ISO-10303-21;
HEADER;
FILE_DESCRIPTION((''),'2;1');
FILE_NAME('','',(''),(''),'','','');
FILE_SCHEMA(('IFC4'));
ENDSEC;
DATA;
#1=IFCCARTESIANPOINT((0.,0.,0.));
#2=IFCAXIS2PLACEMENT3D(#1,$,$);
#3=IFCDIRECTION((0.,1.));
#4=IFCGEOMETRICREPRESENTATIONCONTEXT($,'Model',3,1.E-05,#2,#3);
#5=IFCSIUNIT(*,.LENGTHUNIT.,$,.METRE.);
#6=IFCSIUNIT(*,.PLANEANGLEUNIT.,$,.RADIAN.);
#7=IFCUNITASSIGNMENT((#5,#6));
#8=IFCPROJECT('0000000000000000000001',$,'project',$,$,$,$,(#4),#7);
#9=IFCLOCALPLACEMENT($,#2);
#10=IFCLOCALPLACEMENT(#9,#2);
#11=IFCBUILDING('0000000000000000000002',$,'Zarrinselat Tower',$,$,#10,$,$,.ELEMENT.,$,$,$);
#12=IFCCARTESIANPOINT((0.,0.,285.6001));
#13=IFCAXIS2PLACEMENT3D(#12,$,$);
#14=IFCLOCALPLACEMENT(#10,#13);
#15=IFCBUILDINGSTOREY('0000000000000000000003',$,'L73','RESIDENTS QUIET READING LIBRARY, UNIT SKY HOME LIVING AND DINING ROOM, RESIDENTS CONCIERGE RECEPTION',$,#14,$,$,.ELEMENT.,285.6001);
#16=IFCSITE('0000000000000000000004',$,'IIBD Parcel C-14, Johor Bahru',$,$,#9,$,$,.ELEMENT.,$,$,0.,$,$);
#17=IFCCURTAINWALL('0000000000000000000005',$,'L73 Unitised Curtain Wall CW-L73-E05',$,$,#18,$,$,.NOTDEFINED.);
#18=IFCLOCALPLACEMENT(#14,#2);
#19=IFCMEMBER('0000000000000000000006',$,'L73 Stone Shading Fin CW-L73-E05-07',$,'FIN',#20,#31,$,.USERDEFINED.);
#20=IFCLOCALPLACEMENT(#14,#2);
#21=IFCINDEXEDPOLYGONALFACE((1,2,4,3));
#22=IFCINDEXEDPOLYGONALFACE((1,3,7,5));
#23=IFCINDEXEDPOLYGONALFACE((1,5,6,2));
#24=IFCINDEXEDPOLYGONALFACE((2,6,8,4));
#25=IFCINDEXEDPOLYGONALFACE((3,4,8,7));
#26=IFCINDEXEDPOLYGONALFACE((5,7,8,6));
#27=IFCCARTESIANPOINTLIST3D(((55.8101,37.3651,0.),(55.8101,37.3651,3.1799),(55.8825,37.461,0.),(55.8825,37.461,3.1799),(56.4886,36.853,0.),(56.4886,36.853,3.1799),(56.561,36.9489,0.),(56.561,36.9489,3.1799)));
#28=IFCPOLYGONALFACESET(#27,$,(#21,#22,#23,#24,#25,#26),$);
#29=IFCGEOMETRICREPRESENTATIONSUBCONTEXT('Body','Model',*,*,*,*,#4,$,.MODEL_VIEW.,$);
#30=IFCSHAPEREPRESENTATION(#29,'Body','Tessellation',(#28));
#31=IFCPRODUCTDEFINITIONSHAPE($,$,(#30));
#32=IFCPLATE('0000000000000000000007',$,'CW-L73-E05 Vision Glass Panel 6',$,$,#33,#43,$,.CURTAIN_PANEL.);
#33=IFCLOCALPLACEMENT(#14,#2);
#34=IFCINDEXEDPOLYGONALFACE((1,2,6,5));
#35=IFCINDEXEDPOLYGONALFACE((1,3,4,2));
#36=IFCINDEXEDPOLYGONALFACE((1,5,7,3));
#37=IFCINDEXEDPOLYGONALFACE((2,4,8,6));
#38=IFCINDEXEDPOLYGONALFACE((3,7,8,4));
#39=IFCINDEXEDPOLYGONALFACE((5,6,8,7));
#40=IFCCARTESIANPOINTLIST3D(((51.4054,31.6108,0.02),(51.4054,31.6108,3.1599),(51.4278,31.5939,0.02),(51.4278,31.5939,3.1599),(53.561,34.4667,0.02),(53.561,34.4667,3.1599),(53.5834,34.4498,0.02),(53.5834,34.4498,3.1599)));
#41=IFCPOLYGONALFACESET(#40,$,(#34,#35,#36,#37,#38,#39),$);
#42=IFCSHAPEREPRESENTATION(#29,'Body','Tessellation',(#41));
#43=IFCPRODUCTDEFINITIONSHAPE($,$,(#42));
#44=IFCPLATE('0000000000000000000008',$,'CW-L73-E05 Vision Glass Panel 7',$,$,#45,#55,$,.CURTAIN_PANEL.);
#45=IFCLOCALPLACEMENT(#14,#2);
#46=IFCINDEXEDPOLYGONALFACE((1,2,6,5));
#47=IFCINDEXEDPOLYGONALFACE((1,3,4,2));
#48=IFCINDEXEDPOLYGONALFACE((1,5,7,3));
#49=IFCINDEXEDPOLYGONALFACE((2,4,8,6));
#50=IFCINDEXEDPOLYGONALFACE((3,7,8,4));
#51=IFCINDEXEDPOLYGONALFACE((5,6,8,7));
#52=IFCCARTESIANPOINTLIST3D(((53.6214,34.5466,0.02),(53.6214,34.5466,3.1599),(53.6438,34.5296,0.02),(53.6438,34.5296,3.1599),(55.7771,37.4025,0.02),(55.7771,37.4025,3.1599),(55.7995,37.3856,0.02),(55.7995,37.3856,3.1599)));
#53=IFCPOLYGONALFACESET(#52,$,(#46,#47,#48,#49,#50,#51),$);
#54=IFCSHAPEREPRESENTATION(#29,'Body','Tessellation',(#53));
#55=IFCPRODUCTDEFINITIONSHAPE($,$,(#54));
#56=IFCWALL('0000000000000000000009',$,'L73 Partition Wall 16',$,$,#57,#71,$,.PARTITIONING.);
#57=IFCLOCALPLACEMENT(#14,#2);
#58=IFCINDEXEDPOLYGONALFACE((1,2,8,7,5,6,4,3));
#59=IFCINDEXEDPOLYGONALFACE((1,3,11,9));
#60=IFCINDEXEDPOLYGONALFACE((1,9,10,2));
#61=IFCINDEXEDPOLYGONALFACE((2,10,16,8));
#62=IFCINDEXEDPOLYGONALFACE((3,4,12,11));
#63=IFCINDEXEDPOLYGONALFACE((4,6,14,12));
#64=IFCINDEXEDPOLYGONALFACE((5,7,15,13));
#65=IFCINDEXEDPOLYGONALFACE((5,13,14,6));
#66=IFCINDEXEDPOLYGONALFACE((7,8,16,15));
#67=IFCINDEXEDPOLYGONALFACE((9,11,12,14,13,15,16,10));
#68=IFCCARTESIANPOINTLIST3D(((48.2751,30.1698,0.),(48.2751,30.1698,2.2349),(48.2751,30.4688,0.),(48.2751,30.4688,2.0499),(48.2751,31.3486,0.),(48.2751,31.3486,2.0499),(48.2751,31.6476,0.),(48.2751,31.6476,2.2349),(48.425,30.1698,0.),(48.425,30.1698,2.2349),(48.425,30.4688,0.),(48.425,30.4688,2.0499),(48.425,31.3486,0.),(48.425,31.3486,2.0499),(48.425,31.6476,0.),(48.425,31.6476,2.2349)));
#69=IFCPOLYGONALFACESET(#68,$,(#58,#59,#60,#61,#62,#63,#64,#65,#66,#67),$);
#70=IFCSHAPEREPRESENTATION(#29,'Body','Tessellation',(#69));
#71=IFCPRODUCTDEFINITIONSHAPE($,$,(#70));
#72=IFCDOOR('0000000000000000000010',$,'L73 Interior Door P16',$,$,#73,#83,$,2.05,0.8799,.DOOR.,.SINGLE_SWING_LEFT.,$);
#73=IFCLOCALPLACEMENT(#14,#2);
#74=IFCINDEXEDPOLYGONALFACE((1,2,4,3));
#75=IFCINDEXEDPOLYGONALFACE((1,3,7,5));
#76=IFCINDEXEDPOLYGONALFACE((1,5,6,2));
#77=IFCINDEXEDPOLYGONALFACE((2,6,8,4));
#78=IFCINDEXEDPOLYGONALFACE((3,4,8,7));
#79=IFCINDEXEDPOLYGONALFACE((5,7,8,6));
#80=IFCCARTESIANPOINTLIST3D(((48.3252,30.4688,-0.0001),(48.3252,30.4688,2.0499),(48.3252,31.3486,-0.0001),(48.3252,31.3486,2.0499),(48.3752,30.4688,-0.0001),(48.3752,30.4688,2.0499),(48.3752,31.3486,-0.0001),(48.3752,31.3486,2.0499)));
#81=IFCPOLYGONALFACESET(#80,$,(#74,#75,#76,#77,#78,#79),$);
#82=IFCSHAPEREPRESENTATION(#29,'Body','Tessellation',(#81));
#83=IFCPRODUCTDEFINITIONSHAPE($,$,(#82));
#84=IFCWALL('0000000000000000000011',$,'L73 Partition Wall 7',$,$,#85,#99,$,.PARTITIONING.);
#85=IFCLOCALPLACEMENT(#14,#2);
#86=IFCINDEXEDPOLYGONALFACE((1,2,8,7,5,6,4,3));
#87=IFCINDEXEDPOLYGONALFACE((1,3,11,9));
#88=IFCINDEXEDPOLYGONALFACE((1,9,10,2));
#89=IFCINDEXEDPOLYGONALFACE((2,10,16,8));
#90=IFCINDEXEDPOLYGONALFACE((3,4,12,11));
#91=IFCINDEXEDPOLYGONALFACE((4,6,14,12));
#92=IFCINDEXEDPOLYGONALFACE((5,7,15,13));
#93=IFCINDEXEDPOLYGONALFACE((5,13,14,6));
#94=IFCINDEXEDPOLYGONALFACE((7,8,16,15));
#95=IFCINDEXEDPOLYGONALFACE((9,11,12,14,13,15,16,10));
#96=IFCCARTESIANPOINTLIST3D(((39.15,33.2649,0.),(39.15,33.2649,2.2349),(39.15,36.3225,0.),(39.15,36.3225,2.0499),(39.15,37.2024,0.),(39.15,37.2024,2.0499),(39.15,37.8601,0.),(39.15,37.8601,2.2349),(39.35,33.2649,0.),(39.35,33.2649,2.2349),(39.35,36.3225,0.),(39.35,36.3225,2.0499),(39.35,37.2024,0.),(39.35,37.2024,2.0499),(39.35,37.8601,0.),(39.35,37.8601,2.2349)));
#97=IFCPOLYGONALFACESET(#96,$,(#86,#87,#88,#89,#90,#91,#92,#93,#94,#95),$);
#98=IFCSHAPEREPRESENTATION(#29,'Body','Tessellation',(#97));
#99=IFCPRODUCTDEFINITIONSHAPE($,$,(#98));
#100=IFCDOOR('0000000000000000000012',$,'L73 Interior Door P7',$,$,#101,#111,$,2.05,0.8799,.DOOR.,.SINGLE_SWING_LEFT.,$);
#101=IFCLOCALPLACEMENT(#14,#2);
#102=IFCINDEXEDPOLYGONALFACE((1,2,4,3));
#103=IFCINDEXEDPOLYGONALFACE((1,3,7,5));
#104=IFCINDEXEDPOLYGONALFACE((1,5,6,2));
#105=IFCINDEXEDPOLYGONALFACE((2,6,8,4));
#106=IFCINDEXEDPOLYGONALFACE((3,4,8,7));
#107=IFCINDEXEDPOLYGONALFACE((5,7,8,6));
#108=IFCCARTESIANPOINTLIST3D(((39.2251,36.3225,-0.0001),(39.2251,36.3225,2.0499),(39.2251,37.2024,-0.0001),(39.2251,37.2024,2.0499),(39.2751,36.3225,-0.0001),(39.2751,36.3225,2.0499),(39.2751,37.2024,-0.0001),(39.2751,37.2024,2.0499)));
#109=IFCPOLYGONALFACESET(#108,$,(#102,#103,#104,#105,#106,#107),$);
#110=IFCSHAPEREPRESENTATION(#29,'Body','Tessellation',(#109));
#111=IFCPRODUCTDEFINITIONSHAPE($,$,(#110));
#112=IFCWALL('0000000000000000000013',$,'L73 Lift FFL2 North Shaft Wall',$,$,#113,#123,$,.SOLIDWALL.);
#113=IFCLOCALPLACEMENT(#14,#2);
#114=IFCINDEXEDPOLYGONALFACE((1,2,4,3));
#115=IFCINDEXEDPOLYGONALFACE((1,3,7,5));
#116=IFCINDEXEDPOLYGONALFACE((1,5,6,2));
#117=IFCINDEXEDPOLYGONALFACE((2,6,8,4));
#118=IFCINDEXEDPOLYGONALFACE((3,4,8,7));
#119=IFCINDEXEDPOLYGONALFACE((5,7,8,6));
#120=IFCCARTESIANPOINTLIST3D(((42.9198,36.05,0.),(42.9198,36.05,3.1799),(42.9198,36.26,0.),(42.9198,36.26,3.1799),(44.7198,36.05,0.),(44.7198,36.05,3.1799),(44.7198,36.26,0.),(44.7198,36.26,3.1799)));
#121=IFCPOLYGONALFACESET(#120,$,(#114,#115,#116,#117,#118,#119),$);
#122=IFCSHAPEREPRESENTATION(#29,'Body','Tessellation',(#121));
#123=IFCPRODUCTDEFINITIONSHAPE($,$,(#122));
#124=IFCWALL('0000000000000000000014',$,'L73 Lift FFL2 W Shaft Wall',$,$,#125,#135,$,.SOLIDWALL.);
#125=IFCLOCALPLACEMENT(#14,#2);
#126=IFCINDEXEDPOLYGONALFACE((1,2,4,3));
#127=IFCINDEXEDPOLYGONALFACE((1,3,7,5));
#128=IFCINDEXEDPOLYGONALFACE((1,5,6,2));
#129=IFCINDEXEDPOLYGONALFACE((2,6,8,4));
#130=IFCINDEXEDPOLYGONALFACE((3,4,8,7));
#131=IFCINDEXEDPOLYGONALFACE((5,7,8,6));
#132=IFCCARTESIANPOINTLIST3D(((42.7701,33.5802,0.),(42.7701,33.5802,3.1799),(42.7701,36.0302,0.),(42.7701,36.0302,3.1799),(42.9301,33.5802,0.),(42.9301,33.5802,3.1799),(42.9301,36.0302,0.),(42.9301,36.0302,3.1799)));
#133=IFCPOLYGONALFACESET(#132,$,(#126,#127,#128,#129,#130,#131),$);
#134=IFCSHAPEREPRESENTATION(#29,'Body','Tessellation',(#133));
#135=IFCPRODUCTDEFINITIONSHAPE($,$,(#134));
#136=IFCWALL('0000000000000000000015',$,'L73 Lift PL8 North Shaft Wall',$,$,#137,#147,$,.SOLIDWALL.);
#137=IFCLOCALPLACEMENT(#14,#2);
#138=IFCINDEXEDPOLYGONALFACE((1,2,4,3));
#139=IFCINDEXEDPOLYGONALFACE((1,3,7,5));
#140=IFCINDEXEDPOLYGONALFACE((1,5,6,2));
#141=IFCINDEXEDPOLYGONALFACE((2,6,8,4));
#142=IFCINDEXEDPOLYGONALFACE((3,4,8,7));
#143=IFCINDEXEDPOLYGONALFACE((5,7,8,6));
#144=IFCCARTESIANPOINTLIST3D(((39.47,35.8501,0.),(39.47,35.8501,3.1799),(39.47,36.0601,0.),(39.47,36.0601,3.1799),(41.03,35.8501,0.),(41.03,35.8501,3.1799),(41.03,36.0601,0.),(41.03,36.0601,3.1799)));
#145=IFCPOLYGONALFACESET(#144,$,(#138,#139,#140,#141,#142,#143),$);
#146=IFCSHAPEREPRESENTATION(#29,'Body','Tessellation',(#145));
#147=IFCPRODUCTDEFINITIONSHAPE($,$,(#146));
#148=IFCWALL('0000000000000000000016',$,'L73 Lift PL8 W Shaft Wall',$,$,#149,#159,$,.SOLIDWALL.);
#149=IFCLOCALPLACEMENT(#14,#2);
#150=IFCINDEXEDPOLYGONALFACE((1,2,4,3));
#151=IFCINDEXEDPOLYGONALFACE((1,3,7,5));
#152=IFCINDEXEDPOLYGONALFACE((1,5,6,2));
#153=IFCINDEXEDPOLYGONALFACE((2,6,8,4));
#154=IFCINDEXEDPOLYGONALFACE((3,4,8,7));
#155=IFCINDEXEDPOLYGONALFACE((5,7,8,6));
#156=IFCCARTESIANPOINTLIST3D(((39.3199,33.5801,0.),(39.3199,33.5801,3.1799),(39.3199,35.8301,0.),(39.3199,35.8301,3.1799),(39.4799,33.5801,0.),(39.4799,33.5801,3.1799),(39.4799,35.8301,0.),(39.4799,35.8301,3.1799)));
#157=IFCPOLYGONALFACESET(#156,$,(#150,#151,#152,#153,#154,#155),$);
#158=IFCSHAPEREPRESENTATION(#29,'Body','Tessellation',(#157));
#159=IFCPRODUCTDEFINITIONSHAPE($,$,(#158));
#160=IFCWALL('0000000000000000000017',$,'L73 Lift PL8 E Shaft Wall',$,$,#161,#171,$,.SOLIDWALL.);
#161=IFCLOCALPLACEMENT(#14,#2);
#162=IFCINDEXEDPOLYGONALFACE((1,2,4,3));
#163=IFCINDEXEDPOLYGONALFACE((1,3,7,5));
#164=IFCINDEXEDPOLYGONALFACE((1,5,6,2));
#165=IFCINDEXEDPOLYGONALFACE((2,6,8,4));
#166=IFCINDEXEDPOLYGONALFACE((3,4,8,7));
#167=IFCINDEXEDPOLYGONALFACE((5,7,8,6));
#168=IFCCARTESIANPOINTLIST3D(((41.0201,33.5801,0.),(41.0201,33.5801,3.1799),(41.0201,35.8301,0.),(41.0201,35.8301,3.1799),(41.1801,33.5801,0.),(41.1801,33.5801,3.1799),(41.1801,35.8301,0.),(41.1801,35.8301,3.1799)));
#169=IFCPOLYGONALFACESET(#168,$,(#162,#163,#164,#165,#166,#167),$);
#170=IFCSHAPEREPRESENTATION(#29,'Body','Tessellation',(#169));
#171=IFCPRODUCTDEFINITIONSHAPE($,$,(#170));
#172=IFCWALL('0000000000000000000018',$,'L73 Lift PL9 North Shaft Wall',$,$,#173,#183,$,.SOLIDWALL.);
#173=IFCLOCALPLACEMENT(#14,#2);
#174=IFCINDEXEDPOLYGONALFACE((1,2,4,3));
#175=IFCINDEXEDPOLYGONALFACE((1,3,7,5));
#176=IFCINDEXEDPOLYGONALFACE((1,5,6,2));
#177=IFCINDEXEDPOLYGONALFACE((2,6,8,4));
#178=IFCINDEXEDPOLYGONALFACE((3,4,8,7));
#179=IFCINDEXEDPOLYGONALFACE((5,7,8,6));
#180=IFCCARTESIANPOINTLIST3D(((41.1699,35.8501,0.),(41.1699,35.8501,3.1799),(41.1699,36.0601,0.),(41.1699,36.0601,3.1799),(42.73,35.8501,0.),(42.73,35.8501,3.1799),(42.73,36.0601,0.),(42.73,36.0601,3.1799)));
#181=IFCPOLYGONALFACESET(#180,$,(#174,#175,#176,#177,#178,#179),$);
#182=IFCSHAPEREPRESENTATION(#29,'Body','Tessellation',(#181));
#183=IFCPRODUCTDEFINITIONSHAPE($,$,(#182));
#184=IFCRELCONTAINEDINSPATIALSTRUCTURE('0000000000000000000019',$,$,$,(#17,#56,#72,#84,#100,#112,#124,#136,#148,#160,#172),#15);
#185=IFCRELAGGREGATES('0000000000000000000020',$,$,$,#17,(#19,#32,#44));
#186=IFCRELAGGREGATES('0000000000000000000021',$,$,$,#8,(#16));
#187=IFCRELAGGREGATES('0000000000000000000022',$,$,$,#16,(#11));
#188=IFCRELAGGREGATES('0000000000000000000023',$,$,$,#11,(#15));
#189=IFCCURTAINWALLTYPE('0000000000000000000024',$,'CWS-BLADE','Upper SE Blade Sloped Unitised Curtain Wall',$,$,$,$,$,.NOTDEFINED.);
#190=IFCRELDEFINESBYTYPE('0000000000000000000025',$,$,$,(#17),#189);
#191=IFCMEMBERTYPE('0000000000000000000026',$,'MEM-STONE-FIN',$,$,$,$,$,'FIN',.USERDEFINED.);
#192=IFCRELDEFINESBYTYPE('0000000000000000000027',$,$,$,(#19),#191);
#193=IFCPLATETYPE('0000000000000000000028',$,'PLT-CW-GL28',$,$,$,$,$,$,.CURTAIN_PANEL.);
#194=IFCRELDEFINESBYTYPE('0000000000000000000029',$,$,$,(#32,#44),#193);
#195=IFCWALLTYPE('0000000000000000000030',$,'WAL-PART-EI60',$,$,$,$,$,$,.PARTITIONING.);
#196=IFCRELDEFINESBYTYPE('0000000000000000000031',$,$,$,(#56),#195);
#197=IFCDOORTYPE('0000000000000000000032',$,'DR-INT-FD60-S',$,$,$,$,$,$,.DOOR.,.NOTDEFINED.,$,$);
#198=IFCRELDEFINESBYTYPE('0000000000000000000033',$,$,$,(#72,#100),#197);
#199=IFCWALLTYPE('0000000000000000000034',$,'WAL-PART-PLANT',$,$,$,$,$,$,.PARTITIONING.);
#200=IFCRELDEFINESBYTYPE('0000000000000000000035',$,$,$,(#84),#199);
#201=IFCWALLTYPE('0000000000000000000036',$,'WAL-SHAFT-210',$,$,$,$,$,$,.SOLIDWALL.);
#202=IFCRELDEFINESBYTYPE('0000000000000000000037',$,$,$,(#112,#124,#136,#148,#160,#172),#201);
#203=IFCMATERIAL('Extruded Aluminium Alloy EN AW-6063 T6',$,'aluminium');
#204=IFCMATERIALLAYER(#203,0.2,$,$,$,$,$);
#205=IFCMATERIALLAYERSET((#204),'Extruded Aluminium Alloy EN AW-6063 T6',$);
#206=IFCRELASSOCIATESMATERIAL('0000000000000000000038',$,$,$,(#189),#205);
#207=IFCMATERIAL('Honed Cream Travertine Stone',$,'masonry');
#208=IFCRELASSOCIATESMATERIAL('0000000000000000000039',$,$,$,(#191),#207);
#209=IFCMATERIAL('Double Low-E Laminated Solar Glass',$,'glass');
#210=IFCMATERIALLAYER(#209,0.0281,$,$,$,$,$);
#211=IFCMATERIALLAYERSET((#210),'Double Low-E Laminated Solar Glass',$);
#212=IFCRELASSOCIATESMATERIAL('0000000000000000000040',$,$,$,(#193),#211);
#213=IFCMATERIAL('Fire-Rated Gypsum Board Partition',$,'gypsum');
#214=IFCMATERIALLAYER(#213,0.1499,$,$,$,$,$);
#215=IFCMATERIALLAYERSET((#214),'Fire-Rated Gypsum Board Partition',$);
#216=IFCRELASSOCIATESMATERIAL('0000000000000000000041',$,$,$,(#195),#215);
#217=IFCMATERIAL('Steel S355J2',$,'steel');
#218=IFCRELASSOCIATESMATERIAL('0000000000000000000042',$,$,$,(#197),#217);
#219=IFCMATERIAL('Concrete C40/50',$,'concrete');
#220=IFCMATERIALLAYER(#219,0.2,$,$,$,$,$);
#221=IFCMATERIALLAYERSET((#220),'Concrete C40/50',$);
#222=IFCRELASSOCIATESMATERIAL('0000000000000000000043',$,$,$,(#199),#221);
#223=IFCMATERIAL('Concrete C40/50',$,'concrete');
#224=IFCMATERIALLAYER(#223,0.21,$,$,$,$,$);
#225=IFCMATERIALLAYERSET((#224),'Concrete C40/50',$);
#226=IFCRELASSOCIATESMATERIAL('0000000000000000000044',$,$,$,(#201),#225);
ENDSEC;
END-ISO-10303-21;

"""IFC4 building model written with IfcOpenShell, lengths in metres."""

from ifc_helpers import new_model, si_unit, direction, frame, frame_2d, origin, origin_2d, place, context, subcontext, project, spatial, rectangle, extrude, material, layer, layer_set, material_profile, profile_set, type_object, element, fill, aggregate, save


model = new_model("IFC4")

# Units and contexts
model_context = context("Model", 3, precision=1e-05, world=origin(), true_north=direction((0.0, 1.0)))
body_context = subcontext(model_context, "Body", "Model", "MODEL_VIEW")
ifc_project = project(units=[si_unit("LENGTHUNIT", "METRE"), si_unit("PLANEANGLEUNIT", "RADIAN")], contexts=[model_context])

# Site, building, storey
site_placement = place(None, origin())
site = spatial("IfcSite", under=ifc_project, at=site_placement, Name="IIBD Parcel C-14, Johor Bahru", CompositionType="ELEMENT", RefElevation=0.0)
building_placement = place(site_placement, origin())
building = spatial("IfcBuilding", under=site, at=building_placement, Name="Zarrinselat Tower", CompositionType="ELEMENT")
storey_placement = place(building_placement, frame((0.0, 0.0, 285.6001)))
storey = spatial("IfcBuildingStorey", under=building, at=storey_placement, Name="L73", Description="RESIDENTS QUIET READING LIBRARY, UNIT SKY HOME LIVING AND DINING ROOM, RESIDENTS CONCIERGE RECEPTION", CompositionType="ELEMENT", Elevation=285.6001)

# Curtain wall, member, plates
ifc_material_1 = material(Name="Extruded Aluminium Alloy EN AW-6063 T6", Category="aluminium")
ifc_layer_1 = layer(ifc_material_1, 0.2)
ifc_layer_set_1 = layer_set([ifc_layer_1], Name="Extruded Aluminium Alloy EN AW-6063 T6")
curtain_wall_type = type_object("IfcCurtainWallType", Name="CWS-BLADE", Description="Upper SE Blade Sloped Unitised Curtain Wall", PredefinedType="NOTDEFINED", material=ifc_layer_set_1)
curtain_wall_placement = place(storey_placement, origin())
curtain_wall = element("IfcCurtainWall", 1, at=curtain_wall_placement, inside=storey, type_object=curtain_wall_type, Name="L73 Unitised Curtain Wall CW-L73-E05", PredefinedType="NOTDEFINED")
ifc_material_2 = material(Name="Honed Cream Travertine Stone", Category="masonry")
ifc_material_profile_1 = material_profile(ifc_material_2, rectangle(XDim=0.1201, YDim=0.8501, at=origin_2d()), Name="FIN 850x120")
ifc_profile_set_1 = profile_set([ifc_material_profile_1], Name="Honed Cream Travertine Stone")
member_type_1 = type_object("IfcMemberType", Name="MEM-STONE-FIN", ElementType="FIN", PredefinedType="USERDEFINED", material=ifc_profile_set_1)
member_1_placement = place(storey_placement, frame((56.1855, 37.157, 0.0), z_axis=(0.0, 0.0, 1.0), x_axis=(-0.602445, -0.79816, 0.0)))
member_1 = element("IfcMember", 2, at=member_1_placement, type_object=member_type_1, Name="L73 Stone Shading Fin CW-L73-E05-07", ObjectType="FIN", PredefinedType="USERDEFINED", context=body_context, shape_type="SweptSolid", body=[
    extrude(rectangle(XDim=0.1201, YDim=0.8501, at=origin_2d()), origin(), (0.0, 0.0, 1.0), 3.1799),
])
ifc_material_3 = material(Name="Double Low-E Laminated Solar Glass", Category="glass")
ifc_layer_2 = layer(ifc_material_3, 0.0281)
ifc_layer_set_2 = layer_set([ifc_layer_2], Name="Double Low-E Laminated Solar Glass")
plate_type = type_object("IfcPlateType", Name="PLT-CW-GL28", PredefinedType="CURTAIN_PANEL", material=ifc_layer_set_2)
plate_1_placement = place(storey_placement, frame((52.4944, 33.0303, 0.02), z_axis=(0.0, 0.0, 1.0), x_axis=(0.602445, 0.79816, 0.0)))
plate_1 = element("IfcPlate", 3, at=plate_1_placement, type_object=plate_type, Name="CW-L73-E05 Vision Glass Panel 6", PredefinedType="CURTAIN_PANEL", context=body_context, shape_type="SweptSolid", body=[
    extrude(rectangle(XDim=3.5781, YDim=0.0281, at=origin_2d()), origin(), (0.0, 0.0, 1.0), 3.1399),
])
plate_2_placement = place(storey_placement, frame((54.7104, 35.9661, 0.02), z_axis=(0.0, 0.0, 1.0), x_axis=(0.602445, 0.79816, 0.0)))
plate_2 = element("IfcPlate", 4, at=plate_2_placement, type_object=plate_type, Name="CW-L73-E05 Vision Glass Panel 7", PredefinedType="CURTAIN_PANEL", context=body_context, shape_type="SweptSolid", body=[
    extrude(rectangle(XDim=3.5781, YDim=0.0281, at=origin_2d()), origin(), (0.0, 0.0, 1.0), 3.1399),
])
aggregate(curtain_wall, [member_1, plate_1, plate_2])

# Walls, openings, doors
ifc_material_4 = material(Name="Fire-Rated Gypsum Board Partition", Category="gypsum")
ifc_layer_3 = layer(ifc_material_4, 0.1499)
ifc_layer_set_3 = layer_set([ifc_layer_3], Name="Fire-Rated Gypsum Board Partition")
wall_type_1 = type_object("IfcWallType", Name="WAL-PART-EI60", PredefinedType="PARTITIONING", material=ifc_layer_set_3)
wall_1_placement = place(storey_placement, frame((48.3501, 30.1699, 0.0), z_axis=(0.0, 0.0, 1.0), x_axis=(0.0, 1.0, 0.0)))
wall_1 = element("IfcWall", 5, at=wall_1_placement, inside=storey, type_object=wall_type_1, Name="L73 Partition Wall 16", PredefinedType="PARTITIONING", context=body_context, shape_type="SweptSolid", body=[
    extrude(rectangle(XDim=1.4778, YDim=0.1499, at=frame_2d((0.7388, 0.0))), origin(), (0.0, 0.0, 1.0), 2.2349),
])
opening_1_placement = place(wall_1_placement, frame((0.2988, 0.0, 0.0)))
opening_1 = element("IfcOpeningElement", 6, at=opening_1_placement, cuts=wall_1, PredefinedType="OPENING", context=body_context, shape_type="SweptSolid", body=[
    extrude(rectangle(XDim=0.8799, YDim=2.05, at=frame_2d((0.4399, 1.0249))), frame((0.0, 0.085, 0.0), z_axis=(0.0, -1.0, 0.0), x_axis=(1.0, 0.0, 0.0)), (0.0, 0.0, 1.0), 0.1699),
])
ifc_material_5 = material(Name="Steel S355J2", Category="steel")
door_type = type_object("IfcDoorType", Name="DR-INT-FD60-S", OperationType="NOTDEFINED", PredefinedType="DOOR", material=ifc_material_5)
door_1_placement = place(opening_1_placement, origin())
door_1 = element("IfcDoor", 7, at=door_1_placement, inside=storey, type_object=door_type, Name="L73 Interior Door P16", OperationType="SINGLE_SWING_LEFT", OverallHeight=2.05, OverallWidth=0.8799, PredefinedType="DOOR", context=body_context, shape_type="SweptSolid", body=[
    extrude(rectangle(XDim=0.8799, YDim=2.05, at=frame_2d((0.4399, 1.0249))), frame((0.0, 0.0249, 0.0), z_axis=(0.0, -1.0, 0.0), x_axis=(1.0, 0.0, 0.0)), (0.0, 0.0, 1.0), 0.05),
])
fill(opening_1, door_1)
ifc_material_6 = material(Name="Concrete C40/50", Category="concrete")
ifc_layer_4 = layer(ifc_material_6, 0.2)
ifc_layer_set_4 = layer_set([ifc_layer_4], Name="Concrete C40/50")
wall_type_2 = type_object("IfcWallType", Name="WAL-PART-PLANT", PredefinedType="PARTITIONING", material=ifc_layer_set_4)
wall_2_placement = place(storey_placement, frame((39.25, 33.2649, 0.0), z_axis=(0.0, 0.0, 1.0), x_axis=(0.0, 1.0, 0.0)))
wall_2 = element("IfcWall", 8, at=wall_2_placement, inside=storey, type_object=wall_type_2, Name="L73 Partition Wall 7", PredefinedType="PARTITIONING", context=body_context, shape_type="SweptSolid", body=[
    extrude(rectangle(XDim=4.5952, YDim=0.2, at=frame_2d((2.2976, 0.0))), origin(), (0.0, 0.0, 1.0), 2.2349),
])
opening_2_placement = place(wall_2_placement, frame((3.0576, 0.0, 0.0)))
opening_2 = element("IfcOpeningElement", 9, at=opening_2_placement, cuts=wall_2, PredefinedType="OPENING", context=body_context, shape_type="SweptSolid", body=[
    extrude(rectangle(XDim=0.8799, YDim=2.05, at=frame_2d((0.4399, 1.0249))), frame((0.0, 0.1099, 0.0), z_axis=(0.0, -1.0, 0.0), x_axis=(1.0, 0.0, 0.0)), (0.0, 0.0, 1.0), 0.22),
])
door_2_placement = place(opening_2_placement, origin())
door_2 = element("IfcDoor", 10, at=door_2_placement, inside=storey, type_object=door_type, Name="L73 Interior Door P7", OperationType="SINGLE_SWING_LEFT", OverallHeight=2.05, OverallWidth=0.8799, PredefinedType="DOOR", context=body_context, shape_type="SweptSolid", body=[
    extrude(rectangle(XDim=0.8799, YDim=2.05, at=frame_2d((0.4399, 1.0249))), frame((0.0, 0.0249, 0.0), z_axis=(0.0, -1.0, 0.0), x_axis=(1.0, 0.0, 0.0)), (0.0, 0.0, 1.0), 0.05),
])
fill(opening_2, door_2)

# Walls
ifc_material_7 = material(Name="Concrete C40/50", Category="concrete")
ifc_layer_5 = layer(ifc_material_7, 0.21)
ifc_layer_set_5 = layer_set([ifc_layer_5], Name="Concrete C40/50")
wall_type_3 = type_object("IfcWallType", Name="WAL-SHAFT-210", PredefinedType="SOLIDWALL", material=ifc_layer_set_5)
wall_3_placement = place(storey_placement, frame((42.9199, 36.155, 0.0), z_axis=(0.0, 0.0, 1.0), x_axis=(1.0, 0.0, 0.0)))
element("IfcWall", 11, at=wall_3_placement, inside=storey, type_object=wall_type_3, Name="L73 Lift FFL2 North Shaft Wall", PredefinedType="SOLIDWALL", context=body_context, shape_type="SweptSolid", body=[
    extrude(rectangle(XDim=1.8, YDim=0.21, at=frame_2d((0.8999, 0.0))), origin(), (0.0, 0.0, 1.0), 3.1799),
])
wall_4_placement = place(storey_placement, frame((42.8501, 33.5801, 0.0), z_axis=(0.0, 0.0, 1.0), x_axis=(0.0, 1.0, 0.0)))
element("IfcWall", 12, at=wall_4_placement, inside=storey, type_object=wall_type_3, Name="L73 Lift FFL2 W Shaft Wall", PredefinedType="SOLIDWALL", context=body_context, shape_type="SweptSolid", body=[
    extrude(rectangle(XDim=2.45, YDim=0.1599, at=frame_2d((1.2251, 0.0))), origin(), (0.0, 0.0, 1.0), 3.1799),
])
wall_5_placement = place(storey_placement, frame((39.47, 35.9551, 0.0), z_axis=(0.0, 0.0, 1.0), x_axis=(1.0, 0.0, 0.0)))
element("IfcWall", 13, at=wall_5_placement, inside=storey, type_object=wall_type_3, Name="L73 Lift PL8 North Shaft Wall", PredefinedType="SOLIDWALL", context=body_context, shape_type="SweptSolid", body=[
    extrude(rectangle(XDim=1.5601, YDim=0.21, at=frame_2d((0.78, 0.0))), origin(), (0.0, 0.0, 1.0), 3.1799),
])
for number, where, z_axis, x_axis, name in (
    (14, (39.3999, 33.5801, 0.0), (0.0, 0.0, 1.0), (0.0, 1.0, 0.0), "L73 Lift PL8 W Shaft Wall"),
    (15, (41.1001, 33.5801, 0.0), (0.0, 0.0, 1.0), (0.0, 1.0, 0.0), "L73 Lift PL8 E Shaft Wall"),
):
    element("IfcWall", number, at=place(storey_placement, frame(where, z_axis=z_axis, x_axis=x_axis)), inside=storey, type_object=wall_type_3, Name=name, PredefinedType="SOLIDWALL", context=body_context, shape_type="SweptSolid", body=[
        extrude(rectangle(XDim=2.25, YDim=0.1599, at=frame_2d((1.125, 0.0))), origin(), (0.0, 0.0, 1.0), 3.1799),
    ])
wall_6_placement = place(storey_placement, frame((41.1699, 35.9551, 0.0), z_axis=(0.0, 0.0, 1.0), x_axis=(1.0, 0.0, 0.0)))
element("IfcWall", 16, at=wall_6_placement, inside=storey, type_object=wall_type_3, Name="L73 Lift PL9 North Shaft Wall", PredefinedType="SOLIDWALL", context=body_context, shape_type="SweptSolid", body=[
    extrude(rectangle(XDim=1.5601, YDim=0.21, at=frame_2d((0.78, 0.0))), origin(), (0.0, 0.0, 1.0), 3.1799),
])

save(model, "model.ifc")
